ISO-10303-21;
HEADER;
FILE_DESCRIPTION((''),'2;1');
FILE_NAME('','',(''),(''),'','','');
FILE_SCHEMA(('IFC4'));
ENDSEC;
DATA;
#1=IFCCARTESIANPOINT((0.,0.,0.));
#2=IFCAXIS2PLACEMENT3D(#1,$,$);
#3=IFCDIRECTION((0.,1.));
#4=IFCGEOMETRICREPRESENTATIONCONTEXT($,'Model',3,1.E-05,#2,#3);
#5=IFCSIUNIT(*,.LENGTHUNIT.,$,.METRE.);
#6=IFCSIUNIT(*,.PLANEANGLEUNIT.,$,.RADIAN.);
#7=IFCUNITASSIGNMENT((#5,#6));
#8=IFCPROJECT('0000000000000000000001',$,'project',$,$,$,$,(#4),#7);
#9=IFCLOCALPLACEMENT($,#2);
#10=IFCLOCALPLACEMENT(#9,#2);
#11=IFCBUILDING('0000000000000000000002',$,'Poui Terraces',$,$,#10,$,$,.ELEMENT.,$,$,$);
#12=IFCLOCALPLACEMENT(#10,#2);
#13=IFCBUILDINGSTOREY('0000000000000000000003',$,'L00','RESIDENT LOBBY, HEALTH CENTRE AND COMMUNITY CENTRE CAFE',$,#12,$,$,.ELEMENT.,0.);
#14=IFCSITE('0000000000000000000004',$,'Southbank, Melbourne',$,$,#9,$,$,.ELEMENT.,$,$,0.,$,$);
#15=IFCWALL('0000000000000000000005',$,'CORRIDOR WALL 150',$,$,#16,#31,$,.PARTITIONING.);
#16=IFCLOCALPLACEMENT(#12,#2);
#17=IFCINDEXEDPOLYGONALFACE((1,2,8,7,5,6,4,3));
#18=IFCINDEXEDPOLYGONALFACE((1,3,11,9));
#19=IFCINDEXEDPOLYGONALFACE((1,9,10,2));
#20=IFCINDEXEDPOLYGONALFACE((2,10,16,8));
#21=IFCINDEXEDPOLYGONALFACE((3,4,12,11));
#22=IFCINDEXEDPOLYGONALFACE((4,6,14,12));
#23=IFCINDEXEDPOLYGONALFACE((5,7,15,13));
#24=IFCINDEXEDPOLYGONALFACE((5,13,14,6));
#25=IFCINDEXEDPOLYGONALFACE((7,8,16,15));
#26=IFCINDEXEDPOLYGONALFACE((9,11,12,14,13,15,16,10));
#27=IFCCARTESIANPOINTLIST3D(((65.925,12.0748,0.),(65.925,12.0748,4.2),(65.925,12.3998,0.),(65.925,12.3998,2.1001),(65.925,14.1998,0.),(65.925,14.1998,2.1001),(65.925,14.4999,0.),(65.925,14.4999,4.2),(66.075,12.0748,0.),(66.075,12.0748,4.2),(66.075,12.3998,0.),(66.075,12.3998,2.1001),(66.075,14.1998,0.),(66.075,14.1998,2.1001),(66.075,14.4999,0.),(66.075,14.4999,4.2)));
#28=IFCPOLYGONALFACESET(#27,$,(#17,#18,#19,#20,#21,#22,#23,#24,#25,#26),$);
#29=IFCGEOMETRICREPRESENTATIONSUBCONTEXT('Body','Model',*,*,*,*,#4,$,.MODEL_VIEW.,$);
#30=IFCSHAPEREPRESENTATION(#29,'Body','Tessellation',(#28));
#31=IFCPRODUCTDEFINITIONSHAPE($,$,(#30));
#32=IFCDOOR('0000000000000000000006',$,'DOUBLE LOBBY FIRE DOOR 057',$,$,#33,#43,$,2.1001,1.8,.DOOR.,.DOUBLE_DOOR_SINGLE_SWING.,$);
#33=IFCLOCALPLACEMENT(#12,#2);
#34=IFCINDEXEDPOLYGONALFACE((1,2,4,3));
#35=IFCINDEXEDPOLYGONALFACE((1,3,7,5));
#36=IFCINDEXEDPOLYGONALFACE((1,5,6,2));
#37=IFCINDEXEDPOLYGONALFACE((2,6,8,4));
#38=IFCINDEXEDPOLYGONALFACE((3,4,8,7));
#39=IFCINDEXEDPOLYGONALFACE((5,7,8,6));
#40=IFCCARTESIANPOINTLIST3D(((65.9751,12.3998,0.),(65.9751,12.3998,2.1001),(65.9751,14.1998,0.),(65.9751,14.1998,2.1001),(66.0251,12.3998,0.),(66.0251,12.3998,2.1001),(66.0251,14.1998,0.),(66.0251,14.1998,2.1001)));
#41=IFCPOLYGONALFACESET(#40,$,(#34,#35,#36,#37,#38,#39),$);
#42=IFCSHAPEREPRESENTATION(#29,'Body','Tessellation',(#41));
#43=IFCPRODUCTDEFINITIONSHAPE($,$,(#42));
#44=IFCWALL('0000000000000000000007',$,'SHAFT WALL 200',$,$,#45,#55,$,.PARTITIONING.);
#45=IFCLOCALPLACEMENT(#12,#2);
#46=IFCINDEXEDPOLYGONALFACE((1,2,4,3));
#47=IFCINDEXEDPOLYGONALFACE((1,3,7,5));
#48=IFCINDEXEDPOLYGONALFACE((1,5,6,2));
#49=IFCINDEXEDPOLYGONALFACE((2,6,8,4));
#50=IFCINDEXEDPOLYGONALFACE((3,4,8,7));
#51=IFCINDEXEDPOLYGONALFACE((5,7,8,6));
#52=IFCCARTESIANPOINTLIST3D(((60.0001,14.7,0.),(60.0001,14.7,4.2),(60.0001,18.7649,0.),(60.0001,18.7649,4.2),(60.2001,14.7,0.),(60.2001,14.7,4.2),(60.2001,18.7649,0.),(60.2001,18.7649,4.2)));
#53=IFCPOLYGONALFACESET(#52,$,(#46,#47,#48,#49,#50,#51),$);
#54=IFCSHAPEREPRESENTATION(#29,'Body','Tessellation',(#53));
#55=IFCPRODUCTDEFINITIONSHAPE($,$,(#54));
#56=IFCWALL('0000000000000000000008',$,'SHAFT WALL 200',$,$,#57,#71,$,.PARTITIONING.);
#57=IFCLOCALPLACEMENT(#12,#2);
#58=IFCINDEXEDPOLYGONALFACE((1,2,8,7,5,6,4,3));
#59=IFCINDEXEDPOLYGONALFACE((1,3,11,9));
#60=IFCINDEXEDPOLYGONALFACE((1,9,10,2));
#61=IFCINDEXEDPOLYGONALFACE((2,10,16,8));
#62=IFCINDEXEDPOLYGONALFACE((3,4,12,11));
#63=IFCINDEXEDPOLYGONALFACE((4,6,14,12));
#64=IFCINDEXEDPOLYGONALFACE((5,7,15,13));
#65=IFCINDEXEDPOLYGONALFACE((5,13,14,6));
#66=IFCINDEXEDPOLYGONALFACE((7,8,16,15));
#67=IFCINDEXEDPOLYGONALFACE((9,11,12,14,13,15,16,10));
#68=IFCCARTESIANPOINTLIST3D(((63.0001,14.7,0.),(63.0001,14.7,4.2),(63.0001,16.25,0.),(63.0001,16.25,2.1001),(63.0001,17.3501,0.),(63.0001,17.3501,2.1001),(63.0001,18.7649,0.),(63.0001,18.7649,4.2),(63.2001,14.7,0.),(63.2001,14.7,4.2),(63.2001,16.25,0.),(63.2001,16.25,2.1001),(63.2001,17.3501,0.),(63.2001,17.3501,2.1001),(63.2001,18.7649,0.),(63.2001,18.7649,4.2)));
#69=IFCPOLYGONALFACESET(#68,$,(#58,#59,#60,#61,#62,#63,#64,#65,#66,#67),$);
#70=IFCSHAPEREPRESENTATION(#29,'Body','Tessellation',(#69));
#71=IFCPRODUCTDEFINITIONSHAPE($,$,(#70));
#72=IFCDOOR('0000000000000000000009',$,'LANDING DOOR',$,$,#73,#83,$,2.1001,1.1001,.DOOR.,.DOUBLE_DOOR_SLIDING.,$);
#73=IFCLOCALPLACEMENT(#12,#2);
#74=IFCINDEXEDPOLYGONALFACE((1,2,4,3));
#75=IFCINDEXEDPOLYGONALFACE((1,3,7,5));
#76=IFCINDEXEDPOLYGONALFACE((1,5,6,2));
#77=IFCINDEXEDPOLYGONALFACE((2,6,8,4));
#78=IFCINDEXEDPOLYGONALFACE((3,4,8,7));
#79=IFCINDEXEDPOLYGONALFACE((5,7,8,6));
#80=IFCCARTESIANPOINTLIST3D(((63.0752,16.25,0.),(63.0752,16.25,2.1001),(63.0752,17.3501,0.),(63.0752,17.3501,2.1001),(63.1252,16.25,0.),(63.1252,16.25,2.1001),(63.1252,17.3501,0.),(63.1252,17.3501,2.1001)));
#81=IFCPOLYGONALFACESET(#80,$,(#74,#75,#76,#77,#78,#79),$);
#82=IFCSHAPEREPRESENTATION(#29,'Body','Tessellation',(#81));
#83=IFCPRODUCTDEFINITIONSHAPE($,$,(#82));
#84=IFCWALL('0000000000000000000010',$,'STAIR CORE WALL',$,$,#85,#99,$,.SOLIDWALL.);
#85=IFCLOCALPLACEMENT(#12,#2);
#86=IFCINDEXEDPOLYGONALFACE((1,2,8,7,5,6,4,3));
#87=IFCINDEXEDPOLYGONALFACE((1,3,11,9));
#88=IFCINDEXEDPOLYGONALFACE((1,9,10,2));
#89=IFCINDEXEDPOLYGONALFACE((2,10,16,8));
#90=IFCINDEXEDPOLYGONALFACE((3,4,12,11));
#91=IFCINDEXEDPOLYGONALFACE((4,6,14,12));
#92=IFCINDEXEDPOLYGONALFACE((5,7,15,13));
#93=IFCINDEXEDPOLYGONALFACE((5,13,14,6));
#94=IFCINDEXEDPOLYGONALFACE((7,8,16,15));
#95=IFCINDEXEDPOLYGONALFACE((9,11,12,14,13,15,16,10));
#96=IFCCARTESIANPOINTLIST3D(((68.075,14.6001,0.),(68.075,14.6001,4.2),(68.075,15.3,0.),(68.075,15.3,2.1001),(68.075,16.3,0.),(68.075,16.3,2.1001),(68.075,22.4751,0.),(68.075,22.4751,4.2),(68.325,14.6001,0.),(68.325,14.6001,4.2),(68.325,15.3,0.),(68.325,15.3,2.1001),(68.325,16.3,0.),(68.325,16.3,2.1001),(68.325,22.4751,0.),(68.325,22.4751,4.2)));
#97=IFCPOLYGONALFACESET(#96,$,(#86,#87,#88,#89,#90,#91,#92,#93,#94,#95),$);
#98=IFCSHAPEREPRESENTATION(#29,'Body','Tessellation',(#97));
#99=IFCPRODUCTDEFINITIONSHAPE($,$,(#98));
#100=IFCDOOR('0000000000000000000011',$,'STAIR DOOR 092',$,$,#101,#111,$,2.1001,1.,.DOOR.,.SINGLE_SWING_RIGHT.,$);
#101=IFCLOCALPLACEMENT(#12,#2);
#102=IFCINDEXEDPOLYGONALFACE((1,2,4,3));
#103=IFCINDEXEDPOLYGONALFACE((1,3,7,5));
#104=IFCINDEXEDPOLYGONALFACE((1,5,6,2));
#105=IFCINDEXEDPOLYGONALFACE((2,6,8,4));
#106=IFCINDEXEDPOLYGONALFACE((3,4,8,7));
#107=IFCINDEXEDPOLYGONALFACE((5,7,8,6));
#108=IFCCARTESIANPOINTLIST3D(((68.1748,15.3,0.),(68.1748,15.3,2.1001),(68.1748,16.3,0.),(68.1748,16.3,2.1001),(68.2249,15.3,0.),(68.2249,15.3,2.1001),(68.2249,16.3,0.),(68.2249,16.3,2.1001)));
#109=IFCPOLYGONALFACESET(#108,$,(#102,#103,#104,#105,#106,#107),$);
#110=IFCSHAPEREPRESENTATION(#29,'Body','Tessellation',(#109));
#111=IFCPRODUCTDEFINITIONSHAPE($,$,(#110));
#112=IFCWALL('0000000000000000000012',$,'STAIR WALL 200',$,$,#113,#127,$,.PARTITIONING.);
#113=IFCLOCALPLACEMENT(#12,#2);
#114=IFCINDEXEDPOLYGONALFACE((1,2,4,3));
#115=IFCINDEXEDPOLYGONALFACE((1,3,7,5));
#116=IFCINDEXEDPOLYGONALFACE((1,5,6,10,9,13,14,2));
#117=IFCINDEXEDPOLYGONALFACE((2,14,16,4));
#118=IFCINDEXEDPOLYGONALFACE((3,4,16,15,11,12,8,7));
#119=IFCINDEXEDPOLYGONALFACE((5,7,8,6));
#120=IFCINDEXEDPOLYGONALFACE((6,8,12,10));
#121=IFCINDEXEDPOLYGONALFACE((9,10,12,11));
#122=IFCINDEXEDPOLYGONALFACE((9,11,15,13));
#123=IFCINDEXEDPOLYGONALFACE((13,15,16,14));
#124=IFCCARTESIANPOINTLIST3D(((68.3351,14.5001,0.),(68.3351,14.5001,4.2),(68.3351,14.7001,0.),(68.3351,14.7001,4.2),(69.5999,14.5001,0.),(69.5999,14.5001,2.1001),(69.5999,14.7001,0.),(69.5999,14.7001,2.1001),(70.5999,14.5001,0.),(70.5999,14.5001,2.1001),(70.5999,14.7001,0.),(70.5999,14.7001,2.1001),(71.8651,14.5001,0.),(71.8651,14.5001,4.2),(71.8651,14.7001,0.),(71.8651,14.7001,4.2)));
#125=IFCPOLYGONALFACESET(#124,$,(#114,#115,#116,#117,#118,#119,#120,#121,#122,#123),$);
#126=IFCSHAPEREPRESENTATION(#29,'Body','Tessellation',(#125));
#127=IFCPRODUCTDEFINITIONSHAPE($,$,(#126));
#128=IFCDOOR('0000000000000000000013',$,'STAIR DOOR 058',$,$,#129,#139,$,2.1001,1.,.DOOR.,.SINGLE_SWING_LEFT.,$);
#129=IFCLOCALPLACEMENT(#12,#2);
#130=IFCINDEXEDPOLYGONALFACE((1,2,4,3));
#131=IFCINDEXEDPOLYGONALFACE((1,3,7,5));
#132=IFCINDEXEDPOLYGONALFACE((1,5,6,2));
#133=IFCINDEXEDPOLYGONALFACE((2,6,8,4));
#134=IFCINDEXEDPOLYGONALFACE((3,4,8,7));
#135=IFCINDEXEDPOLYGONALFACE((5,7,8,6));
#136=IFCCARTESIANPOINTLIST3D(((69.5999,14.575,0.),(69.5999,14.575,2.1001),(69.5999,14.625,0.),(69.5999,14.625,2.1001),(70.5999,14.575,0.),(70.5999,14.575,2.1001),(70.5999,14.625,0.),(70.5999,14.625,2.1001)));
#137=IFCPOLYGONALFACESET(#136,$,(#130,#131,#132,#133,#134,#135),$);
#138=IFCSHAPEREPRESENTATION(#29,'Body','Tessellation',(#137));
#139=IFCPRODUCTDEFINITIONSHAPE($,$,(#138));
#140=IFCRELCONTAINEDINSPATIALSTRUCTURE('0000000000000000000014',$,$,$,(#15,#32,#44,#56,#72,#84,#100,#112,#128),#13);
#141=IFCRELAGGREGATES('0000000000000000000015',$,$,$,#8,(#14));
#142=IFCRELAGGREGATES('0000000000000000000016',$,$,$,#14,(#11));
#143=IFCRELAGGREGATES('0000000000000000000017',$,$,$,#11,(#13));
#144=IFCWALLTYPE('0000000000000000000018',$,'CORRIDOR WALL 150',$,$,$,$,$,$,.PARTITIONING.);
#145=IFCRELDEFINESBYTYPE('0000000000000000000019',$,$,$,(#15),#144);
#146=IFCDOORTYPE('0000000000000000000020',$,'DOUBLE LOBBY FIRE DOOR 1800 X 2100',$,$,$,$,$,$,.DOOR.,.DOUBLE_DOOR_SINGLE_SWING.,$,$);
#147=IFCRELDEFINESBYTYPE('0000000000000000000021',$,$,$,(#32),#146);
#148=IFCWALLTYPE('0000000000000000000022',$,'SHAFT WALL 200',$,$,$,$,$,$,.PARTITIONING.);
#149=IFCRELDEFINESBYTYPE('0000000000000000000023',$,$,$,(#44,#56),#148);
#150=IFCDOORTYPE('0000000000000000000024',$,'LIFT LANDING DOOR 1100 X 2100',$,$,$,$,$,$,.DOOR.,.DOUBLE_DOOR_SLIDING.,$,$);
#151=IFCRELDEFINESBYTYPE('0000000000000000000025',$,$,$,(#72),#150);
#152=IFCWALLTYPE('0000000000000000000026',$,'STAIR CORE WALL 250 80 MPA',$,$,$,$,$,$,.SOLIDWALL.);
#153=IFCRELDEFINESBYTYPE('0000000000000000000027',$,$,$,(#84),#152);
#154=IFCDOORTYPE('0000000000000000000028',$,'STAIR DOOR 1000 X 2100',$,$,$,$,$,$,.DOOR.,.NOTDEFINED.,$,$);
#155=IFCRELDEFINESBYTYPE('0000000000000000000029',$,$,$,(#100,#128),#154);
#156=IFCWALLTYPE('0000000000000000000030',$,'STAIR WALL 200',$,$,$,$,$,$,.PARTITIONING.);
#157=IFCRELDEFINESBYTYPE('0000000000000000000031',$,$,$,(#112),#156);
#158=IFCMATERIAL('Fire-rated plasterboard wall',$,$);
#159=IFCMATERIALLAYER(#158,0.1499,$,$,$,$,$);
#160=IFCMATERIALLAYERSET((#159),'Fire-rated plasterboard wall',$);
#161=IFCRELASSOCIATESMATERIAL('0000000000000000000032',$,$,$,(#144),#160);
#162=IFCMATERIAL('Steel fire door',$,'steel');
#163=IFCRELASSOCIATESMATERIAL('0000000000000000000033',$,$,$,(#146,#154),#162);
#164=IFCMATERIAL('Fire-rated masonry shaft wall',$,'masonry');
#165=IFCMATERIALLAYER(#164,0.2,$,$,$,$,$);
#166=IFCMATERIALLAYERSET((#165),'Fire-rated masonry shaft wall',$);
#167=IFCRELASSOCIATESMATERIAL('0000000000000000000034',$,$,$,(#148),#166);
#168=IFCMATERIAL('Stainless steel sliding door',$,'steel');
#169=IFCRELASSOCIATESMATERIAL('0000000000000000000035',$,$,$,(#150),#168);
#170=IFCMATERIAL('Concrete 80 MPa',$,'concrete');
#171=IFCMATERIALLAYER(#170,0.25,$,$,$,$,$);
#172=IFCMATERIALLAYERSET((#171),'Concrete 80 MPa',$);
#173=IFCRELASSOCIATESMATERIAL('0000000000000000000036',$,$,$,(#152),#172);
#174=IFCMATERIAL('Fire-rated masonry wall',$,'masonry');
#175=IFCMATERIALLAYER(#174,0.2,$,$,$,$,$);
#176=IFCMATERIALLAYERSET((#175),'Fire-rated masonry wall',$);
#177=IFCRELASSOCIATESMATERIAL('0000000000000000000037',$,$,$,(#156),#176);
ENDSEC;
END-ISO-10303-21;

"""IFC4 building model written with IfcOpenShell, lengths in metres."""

from ifc_helpers import new_model, si_unit, direction, frame, frame_2d, origin, place, context, subcontext, project, spatial, rectangle, extrude, material, layer, layer_set, type_object, element, fill, save


model = new_model("IFC4")

# Units and contexts
model_context = context("Model", 3, precision=1e-05, world=origin(), true_north=direction((0.0, 1.0)))
body_context = subcontext(model_context, "Body", "Model", "MODEL_VIEW")
ifc_project = project(units=[si_unit("LENGTHUNIT", "METRE"), si_unit("PLANEANGLEUNIT", "RADIAN")], contexts=[model_context])

# Site, building, storey
site_placement = place(None, origin())
site = spatial("IfcSite", under=ifc_project, at=site_placement, Name="Southbank, Melbourne", CompositionType="ELEMENT", RefElevation=0.0)
building_placement = place(site_placement, origin())
building = spatial("IfcBuilding", under=site, at=building_placement, Name="Poui Terraces", CompositionType="ELEMENT")
storey_placement = place(building_placement, origin())
storey = spatial("IfcBuildingStorey", under=building, at=storey_placement, Name="L00", Description="RESIDENT LOBBY, HEALTH CENTRE AND COMMUNITY CENTRE CAFE", CompositionType="ELEMENT", Elevation=0.0)

# Shared definitions
ifc_material_1 = material(Name="Concrete 80 MPa", Category="concrete")

# Shared definitions
ifc_material_2 = material(Name="Fire-rated masonry wall", Category="masonry")

# Wall, opening, door
ifc_material_3 = material(Name="Fire-rated plasterboard wall")
ifc_layer_1 = layer(ifc_material_3, 0.1499)
ifc_layer_set_1 = layer_set([ifc_layer_1], Name="Fire-rated plasterboard wall")
wall_type_1 = type_object("IfcWallType", Name="CORRIDOR WALL 150", PredefinedType="PARTITIONING", material=ifc_layer_set_1)
wall_1_placement = place(storey_placement, frame((66.0, 12.075, 0.0), z_axis=(0.0, 0.0, 1.0), x_axis=(0.0, 1.0, 0.0)))
wall_1 = element("IfcWall", 1, at=wall_1_placement, inside=storey, type_object=wall_type_1, Name="CORRIDOR WALL 150", PredefinedType="PARTITIONING", context=body_context, shape_type="SweptSolid", body=[
    extrude(rectangle(XDim=2.425, YDim=0.1499, at=frame_2d((1.2124, 0.0))), origin(), (0.0, 0.0, 1.0), 4.2),
])
opening_1_placement = place(wall_1_placement, frame((0.325, 0.0, 0.0)))
opening_1 = element("IfcOpeningElement", 2, at=opening_1_placement, cuts=wall_1, PredefinedType="OPENING", context=body_context, shape_type="SweptSolid", body=[
    extrude(rectangle(XDim=1.8, YDim=2.1001, at=frame_2d((0.8999, 1.05))), frame((0.0, 0.085, 0.0), z_axis=(0.0, -1.0, 0.0), x_axis=(1.0, 0.0, 0.0)), (0.0, 0.0, 1.0), 0.1699),
])
ifc_material_4 = material(Name="Steel fire door", Category="steel")
door_type_1 = type_object("IfcDoorType", Name="DOUBLE LOBBY FIRE DOOR 1800 X 2100", OperationType="DOUBLE_DOOR_SINGLE_SWING", PredefinedType="DOOR", material=ifc_material_4)
door_1_placement = place(opening_1_placement, origin())
door_1 = element("IfcDoor", 3, at=door_1_placement, inside=storey, type_object=door_type_1, Name="DOUBLE LOBBY FIRE DOOR 057", OperationType="DOUBLE_DOOR_SINGLE_SWING", OverallHeight=2.1001, OverallWidth=1.8, PredefinedType="DOOR", context=body_context, shape_type="SweptSolid", body=[
    extrude(rectangle(XDim=1.8, YDim=2.1001, at=frame_2d((0.8999, 1.05))), frame((0.0, 0.0249, 0.0), z_axis=(0.0, -1.0, 0.0), x_axis=(1.0, 0.0, 0.0)), (0.0, 0.0, 1.0), 0.05),
])
fill(opening_1, door_1)

# Wall
ifc_material_5 = material(Name="Fire-rated masonry shaft wall", Category="masonry")
ifc_layer_2 = layer(ifc_material_5, 0.2)
ifc_layer_set_2 = layer_set([ifc_layer_2], Name="Fire-rated masonry shaft wall")
wall_type_2 = type_object("IfcWallType", Name="SHAFT WALL 200", PredefinedType="PARTITIONING", material=ifc_layer_set_2)
wall_2_placement = place(storey_placement, frame((60.1001, 14.7, 0.0), z_axis=(0.0, 0.0, 1.0), x_axis=(0.0, 1.0, 0.0)))
element("IfcWall", 4, at=wall_2_placement, inside=storey, type_object=wall_type_2, Name="SHAFT WALL 200", PredefinedType="PARTITIONING", context=body_context, shape_type="SweptSolid", body=[
    extrude(rectangle(XDim=4.0649, YDim=0.2, at=frame_2d((2.0325, 0.0))), origin(), (0.0, 0.0, 1.0), 4.2),
])

# Walls, openings, doors
wall_3_placement = place(storey_placement, frame((63.1001, 14.7, 0.0), z_axis=(0.0, 0.0, 1.0), x_axis=(0.0, 1.0, 0.0)))
wall_3 = element("IfcWall", 5, at=wall_3_placement, inside=storey, type_object=wall_type_2, Name="SHAFT WALL 200", PredefinedType="PARTITIONING", context=body_context, shape_type="SweptSolid", body=[
    extrude(rectangle(XDim=4.0649, YDim=0.2, at=frame_2d((2.0325, 0.0))), origin(), (0.0, 0.0, 1.0), 4.2),
])
opening_2_placement = place(wall_3_placement, frame((1.55, 0.0, 0.0)))
opening_2 = element("IfcOpeningElement", 6, at=opening_2_placement, cuts=wall_3, PredefinedType="OPENING", context=body_context, shape_type="SweptSolid", body=[
    extrude(rectangle(XDim=1.1001, YDim=2.1001, at=frame_2d((0.55, 1.05))), frame((0.0, 0.1099, 0.0), z_axis=(0.0, -1.0, 0.0), x_axis=(1.0, 0.0, 0.0)), (0.0, 0.0, 1.0), 0.22),
])
ifc_material_6 = material(Name="Stainless steel sliding door", Category="steel")
door_type_2 = type_object("IfcDoorType", Name="LIFT LANDING DOOR 1100 X 2100", OperationType="DOUBLE_DOOR_SLIDING", PredefinedType="DOOR", material=ifc_material_6)
door_2_placement = place(opening_2_placement, origin())
door_2 = element("IfcDoor", 7, at=door_2_placement, inside=storey, type_object=door_type_2, Name="LANDING DOOR", OperationType="DOUBLE_DOOR_SLIDING", OverallHeight=2.1001, OverallWidth=1.1001, PredefinedType="DOOR", context=body_context, shape_type="SweptSolid", body=[
    extrude(rectangle(XDim=1.1001, YDim=2.1001, at=frame_2d((0.55, 1.05))), frame((0.0, 0.0249, 0.0), z_axis=(0.0, -1.0, 0.0), x_axis=(1.0, 0.0, 0.0)), (0.0, 0.0, 1.0), 0.05),
])
fill(opening_2, door_2)
ifc_layer_3 = layer(ifc_material_1, 0.25)
ifc_layer_set_3 = layer_set([ifc_layer_3], Name="Concrete 80 MPa")
wall_type_3 = type_object("IfcWallType", Name="STAIR CORE WALL 250 80 MPA", PredefinedType="SOLIDWALL", material=ifc_layer_set_3)
wall_4_placement = place(storey_placement, frame((68.2, 14.6001, 0.0), z_axis=(0.0, 0.0, 1.0), x_axis=(0.0, 1.0, 0.0)))
wall_4 = element("IfcWall", 8, at=wall_4_placement, inside=storey, type_object=wall_type_3, Name="STAIR CORE WALL", PredefinedType="SOLIDWALL", context=body_context, shape_type="SweptSolid", body=[
    extrude(rectangle(XDim=7.875, YDim=0.25, at=frame_2d((3.9375, 0.0))), origin(), (0.0, 0.0, 1.0), 4.2),
])
opening_3_placement = place(wall_4_placement, frame((0.7, 0.0, 0.0)))
opening_3 = element("IfcOpeningElement", 9, at=opening_3_placement, cuts=wall_4, PredefinedType="OPENING", context=body_context, shape_type="SweptSolid", body=[
    extrude(rectangle(XDim=1.0, YDim=2.1001, at=frame_2d((0.5, 1.05))), frame((0.0, 0.135, 0.0), z_axis=(0.0, -1.0, 0.0), x_axis=(1.0, 0.0, 0.0)), (0.0, 0.0, 1.0), 0.27),
])
door_type_3 = type_object("IfcDoorType", Name="STAIR DOOR 1000 X 2100", OperationType="NOTDEFINED", PredefinedType="DOOR", material=ifc_material_4)
door_3_placement = place(opening_3_placement, frame((1.0, 0.0, 0.0), z_axis=(0.0, 0.0, 1.0), x_axis=(-1.0, 0.0, 0.0)))
door_3 = element("IfcDoor", 10, at=door_3_placement, inside=storey, type_object=door_type_3, Name="STAIR DOOR 092", OperationType="SINGLE_SWING_RIGHT", OverallHeight=2.1001, OverallWidth=1.0, PredefinedType="DOOR", context=body_context, shape_type="SweptSolid", body=[
    extrude(rectangle(XDim=1.0, YDim=2.1001, at=frame_2d((0.5, 1.05))), frame((0.0, 0.0249, 0.0), z_axis=(0.0, -1.0, 0.0), x_axis=(1.0, 0.0, 0.0)), (0.0, 0.0, 1.0), 0.05),
])
fill(opening_3, door_3)
ifc_layer_4 = layer(ifc_material_2, 0.2)
ifc_layer_set_4 = layer_set([ifc_layer_4], Name="Fire-rated masonry wall")
wall_type_4 = type_object("IfcWallType", Name="STAIR WALL 200", PredefinedType="PARTITIONING", material=ifc_layer_set_4)
wall_5_placement = place(storey_placement, frame((68.335, 14.6001, 0.0), z_axis=(0.0, 0.0, 1.0), x_axis=(1.0, 0.0, 0.0)))
wall_5 = element("IfcWall", 11, at=wall_5_placement, inside=storey, type_object=wall_type_4, Name="STAIR WALL 200", PredefinedType="PARTITIONING", context=body_context, shape_type="SweptSolid", body=[
    extrude(rectangle(XDim=3.53, YDim=0.2, at=frame_2d((1.7651, 0.0))), origin(), (0.0, 0.0, 1.0), 4.2),
])
opening_4_placement = place(wall_5_placement, frame((1.2649, 0.0, 0.0)))
opening_4 = element("IfcOpeningElement", 12, at=opening_4_placement, cuts=wall_5, PredefinedType="OPENING", context=body_context, shape_type="SweptSolid", body=[
    extrude(rectangle(XDim=1.0, YDim=2.1001, at=frame_2d((0.5, 1.05))), frame((0.0, 0.1099, 0.0), z_axis=(0.0, -1.0, 0.0), x_axis=(1.0, 0.0, 0.0)), (0.0, 0.0, 1.0), 0.22),
])
door_4_placement = place(opening_4_placement, origin())
door_4 = element("IfcDoor", 13, at=door_4_placement, inside=storey, type_object=door_type_3, Name="STAIR DOOR 058", OperationType="SINGLE_SWING_LEFT", OverallHeight=2.1001, OverallWidth=1.0, PredefinedType="DOOR", context=body_context, shape_type="SweptSolid", body=[
    extrude(rectangle(XDim=1.0, YDim=2.1001, at=frame_2d((0.5, 1.05))), frame((0.0, 0.0249, 0.0), z_axis=(0.0, -1.0, 0.0), x_axis=(1.0, 0.0, 0.0)), (0.0, 0.0, 1.0), 0.05),
])
fill(opening_4, door_4)

save(model, "model.ifc")
